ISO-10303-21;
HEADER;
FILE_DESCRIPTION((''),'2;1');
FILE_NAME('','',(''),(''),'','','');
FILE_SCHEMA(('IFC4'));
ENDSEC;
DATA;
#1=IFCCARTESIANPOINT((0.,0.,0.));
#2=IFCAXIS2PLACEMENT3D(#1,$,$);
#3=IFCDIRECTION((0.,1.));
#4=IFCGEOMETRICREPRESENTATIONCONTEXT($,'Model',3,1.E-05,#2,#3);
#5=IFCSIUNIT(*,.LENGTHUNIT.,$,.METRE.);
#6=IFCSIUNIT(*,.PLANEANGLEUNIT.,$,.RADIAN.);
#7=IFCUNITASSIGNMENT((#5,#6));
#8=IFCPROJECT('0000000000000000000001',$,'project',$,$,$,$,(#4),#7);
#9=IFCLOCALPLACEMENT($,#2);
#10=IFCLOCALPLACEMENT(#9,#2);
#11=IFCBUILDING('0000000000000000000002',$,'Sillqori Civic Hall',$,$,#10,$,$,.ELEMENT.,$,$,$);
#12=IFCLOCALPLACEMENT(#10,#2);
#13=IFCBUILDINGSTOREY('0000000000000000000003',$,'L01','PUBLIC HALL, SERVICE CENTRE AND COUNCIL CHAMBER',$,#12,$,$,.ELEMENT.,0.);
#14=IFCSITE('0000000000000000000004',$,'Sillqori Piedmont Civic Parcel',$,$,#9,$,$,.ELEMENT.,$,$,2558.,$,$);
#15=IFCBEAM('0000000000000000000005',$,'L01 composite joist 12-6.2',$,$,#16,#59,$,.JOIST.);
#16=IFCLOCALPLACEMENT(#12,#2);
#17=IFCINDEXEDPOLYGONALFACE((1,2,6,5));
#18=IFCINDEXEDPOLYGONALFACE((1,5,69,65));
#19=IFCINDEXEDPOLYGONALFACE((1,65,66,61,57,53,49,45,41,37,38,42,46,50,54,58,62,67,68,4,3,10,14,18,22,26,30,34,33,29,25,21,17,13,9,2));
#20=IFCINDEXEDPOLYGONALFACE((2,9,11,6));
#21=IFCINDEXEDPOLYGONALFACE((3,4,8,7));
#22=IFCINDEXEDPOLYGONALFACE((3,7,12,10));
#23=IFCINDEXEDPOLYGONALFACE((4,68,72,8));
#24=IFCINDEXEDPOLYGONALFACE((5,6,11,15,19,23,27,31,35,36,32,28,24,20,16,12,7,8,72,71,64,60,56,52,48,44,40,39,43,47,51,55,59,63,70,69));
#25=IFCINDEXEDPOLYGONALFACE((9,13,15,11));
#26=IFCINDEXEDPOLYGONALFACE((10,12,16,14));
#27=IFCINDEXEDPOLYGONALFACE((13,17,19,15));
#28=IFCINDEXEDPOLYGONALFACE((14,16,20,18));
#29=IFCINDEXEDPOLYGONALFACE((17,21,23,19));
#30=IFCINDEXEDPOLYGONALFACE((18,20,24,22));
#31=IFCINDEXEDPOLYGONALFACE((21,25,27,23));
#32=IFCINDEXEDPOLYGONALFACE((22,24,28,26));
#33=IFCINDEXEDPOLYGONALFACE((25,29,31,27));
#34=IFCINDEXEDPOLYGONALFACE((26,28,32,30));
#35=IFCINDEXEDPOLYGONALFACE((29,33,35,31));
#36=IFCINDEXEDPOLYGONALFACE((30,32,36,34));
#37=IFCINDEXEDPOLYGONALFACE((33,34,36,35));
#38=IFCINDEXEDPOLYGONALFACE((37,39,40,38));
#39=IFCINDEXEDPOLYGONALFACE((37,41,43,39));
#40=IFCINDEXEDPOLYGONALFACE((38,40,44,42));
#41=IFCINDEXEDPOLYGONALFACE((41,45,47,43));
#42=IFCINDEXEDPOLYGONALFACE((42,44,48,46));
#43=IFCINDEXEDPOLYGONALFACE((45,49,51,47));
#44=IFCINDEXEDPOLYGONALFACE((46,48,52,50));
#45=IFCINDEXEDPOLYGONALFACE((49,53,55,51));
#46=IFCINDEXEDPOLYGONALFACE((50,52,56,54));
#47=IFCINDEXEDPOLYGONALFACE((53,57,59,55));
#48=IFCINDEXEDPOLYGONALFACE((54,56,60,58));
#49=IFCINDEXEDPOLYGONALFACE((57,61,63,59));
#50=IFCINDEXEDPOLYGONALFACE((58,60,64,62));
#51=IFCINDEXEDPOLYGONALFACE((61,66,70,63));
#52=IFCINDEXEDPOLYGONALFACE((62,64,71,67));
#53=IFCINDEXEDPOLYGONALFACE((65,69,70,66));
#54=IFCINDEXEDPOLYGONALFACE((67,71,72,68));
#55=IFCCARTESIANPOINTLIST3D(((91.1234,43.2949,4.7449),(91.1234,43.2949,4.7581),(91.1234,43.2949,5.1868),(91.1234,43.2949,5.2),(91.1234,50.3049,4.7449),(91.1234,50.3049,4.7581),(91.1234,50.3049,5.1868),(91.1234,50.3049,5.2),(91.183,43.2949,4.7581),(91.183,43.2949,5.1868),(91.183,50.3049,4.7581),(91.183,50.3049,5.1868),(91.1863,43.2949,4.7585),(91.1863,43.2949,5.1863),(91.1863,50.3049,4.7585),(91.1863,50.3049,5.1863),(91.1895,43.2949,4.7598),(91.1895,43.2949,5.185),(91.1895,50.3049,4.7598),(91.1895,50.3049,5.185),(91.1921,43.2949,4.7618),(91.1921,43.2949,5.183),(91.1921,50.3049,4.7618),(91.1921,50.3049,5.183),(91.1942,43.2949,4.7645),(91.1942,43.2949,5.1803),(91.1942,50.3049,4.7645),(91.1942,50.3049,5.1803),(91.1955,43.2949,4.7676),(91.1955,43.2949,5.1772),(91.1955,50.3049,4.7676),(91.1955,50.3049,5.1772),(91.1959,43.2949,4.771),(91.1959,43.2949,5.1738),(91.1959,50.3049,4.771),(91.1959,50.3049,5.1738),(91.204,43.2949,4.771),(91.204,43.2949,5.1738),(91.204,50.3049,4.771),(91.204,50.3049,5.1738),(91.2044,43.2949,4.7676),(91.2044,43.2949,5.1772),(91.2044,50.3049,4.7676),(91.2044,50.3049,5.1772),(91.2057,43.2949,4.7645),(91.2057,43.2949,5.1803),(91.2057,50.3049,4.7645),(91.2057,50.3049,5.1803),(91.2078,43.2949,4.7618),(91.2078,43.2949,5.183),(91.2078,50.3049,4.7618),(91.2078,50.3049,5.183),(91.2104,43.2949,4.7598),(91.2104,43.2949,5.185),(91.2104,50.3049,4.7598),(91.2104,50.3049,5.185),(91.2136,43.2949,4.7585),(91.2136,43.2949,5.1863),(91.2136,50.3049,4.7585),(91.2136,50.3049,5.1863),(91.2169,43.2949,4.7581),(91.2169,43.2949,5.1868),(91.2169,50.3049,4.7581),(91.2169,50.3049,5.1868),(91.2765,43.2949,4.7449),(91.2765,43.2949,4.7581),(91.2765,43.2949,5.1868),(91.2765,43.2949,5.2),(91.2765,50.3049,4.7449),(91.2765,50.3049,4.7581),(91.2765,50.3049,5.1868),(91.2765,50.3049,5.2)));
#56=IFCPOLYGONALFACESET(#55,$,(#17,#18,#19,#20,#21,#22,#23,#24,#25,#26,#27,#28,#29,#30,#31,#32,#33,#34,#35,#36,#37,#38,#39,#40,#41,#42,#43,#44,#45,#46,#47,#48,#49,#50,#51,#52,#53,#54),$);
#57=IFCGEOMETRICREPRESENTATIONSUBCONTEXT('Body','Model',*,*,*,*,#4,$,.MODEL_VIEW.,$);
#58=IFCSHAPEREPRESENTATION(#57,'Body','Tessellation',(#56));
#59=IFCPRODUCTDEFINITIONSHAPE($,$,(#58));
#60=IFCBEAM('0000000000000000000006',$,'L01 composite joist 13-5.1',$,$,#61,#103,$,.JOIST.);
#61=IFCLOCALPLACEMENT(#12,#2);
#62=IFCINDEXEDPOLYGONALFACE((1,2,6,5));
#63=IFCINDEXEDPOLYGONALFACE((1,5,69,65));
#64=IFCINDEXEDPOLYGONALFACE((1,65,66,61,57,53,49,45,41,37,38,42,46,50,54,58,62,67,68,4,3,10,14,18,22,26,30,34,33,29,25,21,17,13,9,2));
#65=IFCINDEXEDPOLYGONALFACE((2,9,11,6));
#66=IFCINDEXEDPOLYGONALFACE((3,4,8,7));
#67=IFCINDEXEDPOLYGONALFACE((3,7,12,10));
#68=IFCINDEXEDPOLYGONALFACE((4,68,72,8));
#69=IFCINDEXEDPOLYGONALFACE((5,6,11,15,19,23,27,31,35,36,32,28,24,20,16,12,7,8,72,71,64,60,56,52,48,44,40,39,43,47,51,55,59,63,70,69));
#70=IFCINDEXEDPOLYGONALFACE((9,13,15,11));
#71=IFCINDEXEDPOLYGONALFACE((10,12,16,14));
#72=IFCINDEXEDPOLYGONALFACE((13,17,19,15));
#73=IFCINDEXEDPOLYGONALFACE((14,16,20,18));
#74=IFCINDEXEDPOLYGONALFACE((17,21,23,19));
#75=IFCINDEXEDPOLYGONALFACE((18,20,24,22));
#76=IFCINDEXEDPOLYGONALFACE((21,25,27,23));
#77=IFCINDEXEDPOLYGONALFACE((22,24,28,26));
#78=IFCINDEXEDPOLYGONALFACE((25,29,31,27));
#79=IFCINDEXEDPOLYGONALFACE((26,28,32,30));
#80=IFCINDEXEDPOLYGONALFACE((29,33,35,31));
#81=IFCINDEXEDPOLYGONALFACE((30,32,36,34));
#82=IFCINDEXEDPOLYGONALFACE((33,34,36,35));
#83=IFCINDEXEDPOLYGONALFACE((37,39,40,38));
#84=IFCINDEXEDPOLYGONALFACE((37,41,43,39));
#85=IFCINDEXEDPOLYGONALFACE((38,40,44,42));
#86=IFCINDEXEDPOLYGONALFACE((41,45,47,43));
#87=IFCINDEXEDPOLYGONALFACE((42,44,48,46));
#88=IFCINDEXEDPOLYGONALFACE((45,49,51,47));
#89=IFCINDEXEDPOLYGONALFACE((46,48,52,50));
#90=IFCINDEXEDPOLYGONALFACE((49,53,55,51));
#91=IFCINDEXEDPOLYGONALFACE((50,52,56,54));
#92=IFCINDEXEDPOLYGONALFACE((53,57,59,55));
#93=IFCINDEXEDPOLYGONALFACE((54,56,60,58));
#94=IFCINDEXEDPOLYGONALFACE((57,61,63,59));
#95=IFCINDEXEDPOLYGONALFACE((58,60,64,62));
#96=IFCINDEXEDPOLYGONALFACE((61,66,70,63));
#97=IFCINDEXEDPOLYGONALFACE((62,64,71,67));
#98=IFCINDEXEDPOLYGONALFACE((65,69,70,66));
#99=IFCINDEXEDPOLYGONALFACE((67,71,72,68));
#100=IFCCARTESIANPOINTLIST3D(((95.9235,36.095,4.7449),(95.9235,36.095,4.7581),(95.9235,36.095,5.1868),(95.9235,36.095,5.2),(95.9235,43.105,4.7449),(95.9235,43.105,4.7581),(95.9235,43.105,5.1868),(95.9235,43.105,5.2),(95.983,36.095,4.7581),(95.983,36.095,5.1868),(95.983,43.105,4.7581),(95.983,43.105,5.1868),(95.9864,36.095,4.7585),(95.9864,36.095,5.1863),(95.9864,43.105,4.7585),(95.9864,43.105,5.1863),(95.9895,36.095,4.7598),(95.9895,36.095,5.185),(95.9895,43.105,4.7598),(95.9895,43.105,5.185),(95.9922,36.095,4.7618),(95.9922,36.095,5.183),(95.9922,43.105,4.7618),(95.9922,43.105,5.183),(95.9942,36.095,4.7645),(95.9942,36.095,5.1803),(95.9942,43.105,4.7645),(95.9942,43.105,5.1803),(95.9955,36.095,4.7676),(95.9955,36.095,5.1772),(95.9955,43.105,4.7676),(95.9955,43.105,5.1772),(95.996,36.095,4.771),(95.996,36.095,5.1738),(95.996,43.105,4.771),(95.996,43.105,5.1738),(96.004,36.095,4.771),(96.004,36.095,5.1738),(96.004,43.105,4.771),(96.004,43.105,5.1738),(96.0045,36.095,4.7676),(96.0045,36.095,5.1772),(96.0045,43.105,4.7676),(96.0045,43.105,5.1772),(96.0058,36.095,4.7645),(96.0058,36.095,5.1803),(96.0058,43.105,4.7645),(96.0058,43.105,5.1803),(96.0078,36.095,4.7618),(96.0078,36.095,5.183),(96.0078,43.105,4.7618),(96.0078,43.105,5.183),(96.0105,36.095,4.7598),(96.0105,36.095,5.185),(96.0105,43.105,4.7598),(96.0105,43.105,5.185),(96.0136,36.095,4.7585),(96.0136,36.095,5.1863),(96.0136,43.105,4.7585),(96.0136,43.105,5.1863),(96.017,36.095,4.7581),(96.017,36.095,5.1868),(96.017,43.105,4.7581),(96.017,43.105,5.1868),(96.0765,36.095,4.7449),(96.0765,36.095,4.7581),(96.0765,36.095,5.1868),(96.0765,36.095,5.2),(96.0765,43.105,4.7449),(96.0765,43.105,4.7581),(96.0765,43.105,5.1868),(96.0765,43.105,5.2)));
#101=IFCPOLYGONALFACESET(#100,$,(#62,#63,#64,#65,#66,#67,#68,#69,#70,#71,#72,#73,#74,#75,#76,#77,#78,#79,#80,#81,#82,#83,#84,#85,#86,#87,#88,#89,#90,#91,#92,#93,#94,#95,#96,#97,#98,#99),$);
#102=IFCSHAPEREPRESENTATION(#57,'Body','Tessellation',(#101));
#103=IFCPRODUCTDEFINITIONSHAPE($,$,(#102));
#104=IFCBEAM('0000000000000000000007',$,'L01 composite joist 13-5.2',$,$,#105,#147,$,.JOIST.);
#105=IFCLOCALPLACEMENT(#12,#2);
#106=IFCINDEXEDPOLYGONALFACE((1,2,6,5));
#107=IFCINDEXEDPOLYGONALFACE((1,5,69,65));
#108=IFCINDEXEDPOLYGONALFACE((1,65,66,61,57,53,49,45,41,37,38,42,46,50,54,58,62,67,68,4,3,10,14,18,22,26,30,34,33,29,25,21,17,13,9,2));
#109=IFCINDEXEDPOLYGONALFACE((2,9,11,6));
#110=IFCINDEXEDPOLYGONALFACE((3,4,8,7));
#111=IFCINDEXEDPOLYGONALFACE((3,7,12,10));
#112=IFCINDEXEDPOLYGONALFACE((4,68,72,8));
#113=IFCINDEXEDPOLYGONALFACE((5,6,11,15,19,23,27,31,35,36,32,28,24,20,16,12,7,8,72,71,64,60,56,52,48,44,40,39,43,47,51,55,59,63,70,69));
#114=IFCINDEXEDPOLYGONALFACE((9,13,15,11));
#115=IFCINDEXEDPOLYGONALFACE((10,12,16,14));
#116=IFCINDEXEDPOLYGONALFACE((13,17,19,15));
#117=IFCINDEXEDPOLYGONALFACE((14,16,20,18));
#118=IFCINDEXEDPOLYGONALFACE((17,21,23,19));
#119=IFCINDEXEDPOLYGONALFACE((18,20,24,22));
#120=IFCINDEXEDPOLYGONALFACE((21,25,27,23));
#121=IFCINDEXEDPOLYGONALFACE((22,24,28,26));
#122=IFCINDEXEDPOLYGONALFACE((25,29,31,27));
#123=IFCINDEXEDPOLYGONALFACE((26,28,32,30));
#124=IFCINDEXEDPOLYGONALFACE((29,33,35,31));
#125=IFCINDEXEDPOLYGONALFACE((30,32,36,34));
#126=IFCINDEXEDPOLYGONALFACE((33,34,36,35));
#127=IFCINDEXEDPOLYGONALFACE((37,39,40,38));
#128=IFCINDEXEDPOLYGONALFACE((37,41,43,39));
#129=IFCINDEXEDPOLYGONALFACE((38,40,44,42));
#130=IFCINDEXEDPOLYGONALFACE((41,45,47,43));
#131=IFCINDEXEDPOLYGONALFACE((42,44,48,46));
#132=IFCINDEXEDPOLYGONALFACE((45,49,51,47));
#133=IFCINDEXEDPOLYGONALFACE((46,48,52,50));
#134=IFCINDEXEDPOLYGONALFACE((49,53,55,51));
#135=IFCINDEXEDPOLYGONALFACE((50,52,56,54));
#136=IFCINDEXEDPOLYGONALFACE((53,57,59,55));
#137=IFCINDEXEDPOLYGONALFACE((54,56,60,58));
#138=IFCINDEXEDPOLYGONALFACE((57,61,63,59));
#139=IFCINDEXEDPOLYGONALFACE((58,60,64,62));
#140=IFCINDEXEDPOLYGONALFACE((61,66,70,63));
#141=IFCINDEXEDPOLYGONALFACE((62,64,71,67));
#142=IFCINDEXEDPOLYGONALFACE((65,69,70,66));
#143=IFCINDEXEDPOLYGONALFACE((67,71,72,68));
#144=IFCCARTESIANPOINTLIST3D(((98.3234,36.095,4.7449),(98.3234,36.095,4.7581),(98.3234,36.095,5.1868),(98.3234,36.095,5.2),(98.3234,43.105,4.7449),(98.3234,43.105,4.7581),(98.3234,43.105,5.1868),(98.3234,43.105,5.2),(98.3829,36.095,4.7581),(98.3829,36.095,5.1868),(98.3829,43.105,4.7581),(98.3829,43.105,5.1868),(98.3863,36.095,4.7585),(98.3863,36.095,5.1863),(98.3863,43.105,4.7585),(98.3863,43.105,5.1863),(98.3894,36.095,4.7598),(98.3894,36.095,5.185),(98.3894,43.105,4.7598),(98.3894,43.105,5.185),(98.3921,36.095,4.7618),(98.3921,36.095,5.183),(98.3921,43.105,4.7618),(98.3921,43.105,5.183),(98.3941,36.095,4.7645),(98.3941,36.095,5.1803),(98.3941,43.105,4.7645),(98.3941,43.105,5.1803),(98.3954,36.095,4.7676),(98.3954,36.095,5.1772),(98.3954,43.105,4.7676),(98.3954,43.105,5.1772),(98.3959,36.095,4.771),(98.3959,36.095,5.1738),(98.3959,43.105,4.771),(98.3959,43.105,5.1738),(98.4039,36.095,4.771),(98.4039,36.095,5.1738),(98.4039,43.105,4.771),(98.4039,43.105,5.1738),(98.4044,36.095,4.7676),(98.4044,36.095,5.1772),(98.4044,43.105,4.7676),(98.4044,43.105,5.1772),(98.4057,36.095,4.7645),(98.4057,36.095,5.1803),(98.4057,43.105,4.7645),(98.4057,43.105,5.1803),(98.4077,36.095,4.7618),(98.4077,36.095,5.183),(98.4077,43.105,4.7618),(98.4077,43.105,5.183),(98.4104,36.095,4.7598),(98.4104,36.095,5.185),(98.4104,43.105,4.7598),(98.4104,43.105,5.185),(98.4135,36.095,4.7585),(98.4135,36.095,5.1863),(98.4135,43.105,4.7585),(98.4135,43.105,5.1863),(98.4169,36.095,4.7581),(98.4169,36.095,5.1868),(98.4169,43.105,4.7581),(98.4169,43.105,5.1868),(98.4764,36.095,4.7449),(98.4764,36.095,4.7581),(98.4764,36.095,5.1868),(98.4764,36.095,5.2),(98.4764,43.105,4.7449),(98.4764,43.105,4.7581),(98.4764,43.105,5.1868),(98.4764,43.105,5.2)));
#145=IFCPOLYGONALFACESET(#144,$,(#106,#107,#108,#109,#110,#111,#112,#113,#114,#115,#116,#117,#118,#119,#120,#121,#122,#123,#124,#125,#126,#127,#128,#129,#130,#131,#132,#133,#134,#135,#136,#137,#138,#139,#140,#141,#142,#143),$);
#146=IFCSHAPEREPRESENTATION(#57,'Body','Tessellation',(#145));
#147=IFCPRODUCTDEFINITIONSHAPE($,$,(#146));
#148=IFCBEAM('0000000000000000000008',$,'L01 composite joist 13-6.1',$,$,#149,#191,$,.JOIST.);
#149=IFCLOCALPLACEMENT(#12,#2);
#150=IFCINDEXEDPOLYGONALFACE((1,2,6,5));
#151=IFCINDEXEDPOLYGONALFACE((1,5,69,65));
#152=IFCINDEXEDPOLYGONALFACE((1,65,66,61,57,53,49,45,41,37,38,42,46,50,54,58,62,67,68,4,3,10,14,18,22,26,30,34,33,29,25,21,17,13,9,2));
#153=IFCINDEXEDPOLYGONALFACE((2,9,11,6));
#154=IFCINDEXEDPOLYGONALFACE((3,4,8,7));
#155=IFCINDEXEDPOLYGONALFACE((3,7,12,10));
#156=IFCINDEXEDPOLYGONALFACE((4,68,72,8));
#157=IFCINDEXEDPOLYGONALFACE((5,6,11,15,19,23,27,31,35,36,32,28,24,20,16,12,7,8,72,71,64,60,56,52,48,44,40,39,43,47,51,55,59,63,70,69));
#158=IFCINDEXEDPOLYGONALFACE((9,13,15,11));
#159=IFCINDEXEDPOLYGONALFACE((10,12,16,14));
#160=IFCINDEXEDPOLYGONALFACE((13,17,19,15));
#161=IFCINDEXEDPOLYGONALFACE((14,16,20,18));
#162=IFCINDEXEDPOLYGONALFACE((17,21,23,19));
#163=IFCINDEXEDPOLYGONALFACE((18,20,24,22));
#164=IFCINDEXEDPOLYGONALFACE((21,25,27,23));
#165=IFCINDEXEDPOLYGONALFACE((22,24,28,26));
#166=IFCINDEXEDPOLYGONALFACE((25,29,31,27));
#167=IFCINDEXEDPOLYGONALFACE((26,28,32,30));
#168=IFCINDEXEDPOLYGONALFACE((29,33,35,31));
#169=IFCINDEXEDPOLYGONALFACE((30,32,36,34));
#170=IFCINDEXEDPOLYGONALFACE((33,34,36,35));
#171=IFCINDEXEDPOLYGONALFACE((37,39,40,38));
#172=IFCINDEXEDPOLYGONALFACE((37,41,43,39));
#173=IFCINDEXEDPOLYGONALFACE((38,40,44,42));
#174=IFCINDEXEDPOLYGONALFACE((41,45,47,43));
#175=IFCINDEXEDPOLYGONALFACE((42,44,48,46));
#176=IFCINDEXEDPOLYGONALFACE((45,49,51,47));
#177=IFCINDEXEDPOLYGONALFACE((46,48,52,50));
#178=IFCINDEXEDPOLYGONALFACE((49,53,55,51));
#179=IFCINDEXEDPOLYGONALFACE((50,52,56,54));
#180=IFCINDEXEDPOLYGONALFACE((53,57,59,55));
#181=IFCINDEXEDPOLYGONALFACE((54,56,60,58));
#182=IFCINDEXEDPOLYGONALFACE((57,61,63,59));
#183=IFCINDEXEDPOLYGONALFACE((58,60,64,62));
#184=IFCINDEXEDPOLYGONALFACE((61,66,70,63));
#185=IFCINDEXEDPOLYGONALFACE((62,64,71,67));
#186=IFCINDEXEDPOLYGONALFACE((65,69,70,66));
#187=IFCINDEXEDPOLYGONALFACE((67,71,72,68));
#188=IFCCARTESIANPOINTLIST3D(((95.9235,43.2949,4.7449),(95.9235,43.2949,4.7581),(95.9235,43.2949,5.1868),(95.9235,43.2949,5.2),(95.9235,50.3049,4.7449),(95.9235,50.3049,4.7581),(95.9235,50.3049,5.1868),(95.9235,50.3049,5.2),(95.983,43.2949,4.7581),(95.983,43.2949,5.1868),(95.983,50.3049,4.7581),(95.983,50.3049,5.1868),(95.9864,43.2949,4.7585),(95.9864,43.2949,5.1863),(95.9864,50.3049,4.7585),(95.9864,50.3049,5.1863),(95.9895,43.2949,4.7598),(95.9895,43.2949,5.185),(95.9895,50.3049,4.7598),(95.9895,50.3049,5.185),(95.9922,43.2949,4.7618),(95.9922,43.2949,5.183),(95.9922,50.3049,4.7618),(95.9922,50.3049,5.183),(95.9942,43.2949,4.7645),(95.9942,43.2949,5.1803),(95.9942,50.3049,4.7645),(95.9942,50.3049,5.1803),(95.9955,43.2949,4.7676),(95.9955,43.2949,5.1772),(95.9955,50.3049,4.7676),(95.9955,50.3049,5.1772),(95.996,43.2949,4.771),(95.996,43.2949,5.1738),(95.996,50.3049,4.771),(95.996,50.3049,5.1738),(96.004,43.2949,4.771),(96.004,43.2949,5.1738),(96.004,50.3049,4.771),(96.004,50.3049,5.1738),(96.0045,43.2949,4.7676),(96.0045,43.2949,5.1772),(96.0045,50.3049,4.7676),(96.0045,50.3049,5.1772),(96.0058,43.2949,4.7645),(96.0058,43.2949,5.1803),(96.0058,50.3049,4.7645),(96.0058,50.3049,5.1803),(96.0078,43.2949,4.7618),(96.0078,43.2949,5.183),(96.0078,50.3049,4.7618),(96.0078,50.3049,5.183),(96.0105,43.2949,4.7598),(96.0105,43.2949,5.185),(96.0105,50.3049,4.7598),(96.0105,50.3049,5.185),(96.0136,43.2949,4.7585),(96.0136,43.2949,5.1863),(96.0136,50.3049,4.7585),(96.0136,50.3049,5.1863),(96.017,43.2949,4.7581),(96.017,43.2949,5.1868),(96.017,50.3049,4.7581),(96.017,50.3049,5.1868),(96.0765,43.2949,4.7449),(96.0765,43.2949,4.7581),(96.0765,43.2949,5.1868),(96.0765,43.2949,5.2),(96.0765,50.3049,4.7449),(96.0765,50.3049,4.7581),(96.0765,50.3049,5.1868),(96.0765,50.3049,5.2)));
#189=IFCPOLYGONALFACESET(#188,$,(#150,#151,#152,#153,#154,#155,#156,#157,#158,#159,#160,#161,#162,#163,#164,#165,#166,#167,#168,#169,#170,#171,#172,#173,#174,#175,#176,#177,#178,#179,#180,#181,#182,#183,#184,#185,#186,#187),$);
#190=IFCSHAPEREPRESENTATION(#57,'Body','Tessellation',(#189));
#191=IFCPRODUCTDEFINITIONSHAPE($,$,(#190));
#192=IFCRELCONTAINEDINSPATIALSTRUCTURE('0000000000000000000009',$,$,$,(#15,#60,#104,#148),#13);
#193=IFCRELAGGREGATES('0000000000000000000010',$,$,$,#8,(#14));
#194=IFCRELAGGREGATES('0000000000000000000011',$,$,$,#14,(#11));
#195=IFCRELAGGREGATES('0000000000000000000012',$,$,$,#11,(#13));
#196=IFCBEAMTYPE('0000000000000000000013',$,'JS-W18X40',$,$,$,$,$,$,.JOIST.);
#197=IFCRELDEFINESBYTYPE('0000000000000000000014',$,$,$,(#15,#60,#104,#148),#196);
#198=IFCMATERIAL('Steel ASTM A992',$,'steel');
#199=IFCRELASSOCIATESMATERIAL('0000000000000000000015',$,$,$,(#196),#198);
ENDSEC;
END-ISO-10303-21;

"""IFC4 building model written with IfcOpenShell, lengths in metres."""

from ifc_helpers import new_model, si_unit, direction, frame, origin, origin_2d, place, context, subcontext, project, spatial, i_section, extrude, material, material_profile, profile_set, type_object, element, save


model = new_model("IFC4")

# Units and contexts
model_context = context("Model", 3, precision=1e-05, world=origin(), true_north=direction((0.0, 1.0)))
body_context = subcontext(model_context, "Body", "Model", "MODEL_VIEW")
ifc_project = project(units=[si_unit("LENGTHUNIT", "METRE"), si_unit("PLANEANGLEUNIT", "RADIAN")], contexts=[model_context])

# Site, building, storey
site_placement = place(None, origin())
site = spatial("IfcSite", under=ifc_project, at=site_placement, Name="Sillqori Piedmont Civic Parcel", CompositionType="ELEMENT", RefElevation=2558.0)
building_placement = place(site_placement, origin())
building = spatial("IfcBuilding", under=site, at=building_placement, Name="Sillqori Civic Hall", CompositionType="ELEMENT")
storey_placement = place(building_placement, origin())
storey = spatial("IfcBuildingStorey", under=building, at=storey_placement, Name="L01", Description="PUBLIC HALL, SERVICE CENTRE AND COUNCIL CHAMBER", CompositionType="ELEMENT", Elevation=0.0)

# Shared definitions
ifc_material_1 = material(Name="Steel ASTM A992", Category="steel")

# Beams
ifc_material_profile_1 = material_profile(ifc_material_1, i_section(OverallWidth=0.1531, OverallDepth=0.4551, WebThickness=0.0081, FlangeThickness=0.0132, FilletRadius=0.0129, at=origin_2d()), Name="W18X40")
ifc_profile_set_1 = profile_set([ifc_material_profile_1], Name="Steel ASTM A992")
beam_type_1 = type_object("IfcBeamType", Name="JS-W18X40", PredefinedType="JOIST", material=ifc_profile_set_1)
for number, where, z_axis, x_axis, name in (
    (1, (91.2, 43.2949, 4.9724), (0.0, 1.0, 0.0), (-1.0, 0.0, 0.0), "L01 composite joist 12-6.2"),
    (2, (96.0, 36.095, 4.9724), (0.0, 1.0, 0.0), (-1.0, 0.0, 0.0), "L01 composite joist 13-5.1"),
    (3, (98.3999, 36.095, 4.9724), (0.0, 1.0, 0.0), (-1.0, 0.0, 0.0), "L01 composite joist 13-5.2"),
    (4, (96.0, 43.2949, 4.9724), (0.0, 1.0, 0.0), (-1.0, 0.0, 0.0), "L01 composite joist 13-6.1"),
):
    element("IfcBeam", number, at=place(storey_placement, frame(where, z_axis=z_axis, x_axis=x_axis)), inside=storey, type_object=beam_type_1, Name=name, PredefinedType="JOIST", context=body_context, shape_type="SweptSolid", body=[
        extrude(i_section(OverallWidth=0.1531, OverallDepth=0.4551, WebThickness=0.0081, FlangeThickness=0.0132, FilletRadius=0.0129, at=origin_2d()), origin(), (0.0, 0.0, 1.0), 7.01),
    ])

save(model, "model.ifc")
